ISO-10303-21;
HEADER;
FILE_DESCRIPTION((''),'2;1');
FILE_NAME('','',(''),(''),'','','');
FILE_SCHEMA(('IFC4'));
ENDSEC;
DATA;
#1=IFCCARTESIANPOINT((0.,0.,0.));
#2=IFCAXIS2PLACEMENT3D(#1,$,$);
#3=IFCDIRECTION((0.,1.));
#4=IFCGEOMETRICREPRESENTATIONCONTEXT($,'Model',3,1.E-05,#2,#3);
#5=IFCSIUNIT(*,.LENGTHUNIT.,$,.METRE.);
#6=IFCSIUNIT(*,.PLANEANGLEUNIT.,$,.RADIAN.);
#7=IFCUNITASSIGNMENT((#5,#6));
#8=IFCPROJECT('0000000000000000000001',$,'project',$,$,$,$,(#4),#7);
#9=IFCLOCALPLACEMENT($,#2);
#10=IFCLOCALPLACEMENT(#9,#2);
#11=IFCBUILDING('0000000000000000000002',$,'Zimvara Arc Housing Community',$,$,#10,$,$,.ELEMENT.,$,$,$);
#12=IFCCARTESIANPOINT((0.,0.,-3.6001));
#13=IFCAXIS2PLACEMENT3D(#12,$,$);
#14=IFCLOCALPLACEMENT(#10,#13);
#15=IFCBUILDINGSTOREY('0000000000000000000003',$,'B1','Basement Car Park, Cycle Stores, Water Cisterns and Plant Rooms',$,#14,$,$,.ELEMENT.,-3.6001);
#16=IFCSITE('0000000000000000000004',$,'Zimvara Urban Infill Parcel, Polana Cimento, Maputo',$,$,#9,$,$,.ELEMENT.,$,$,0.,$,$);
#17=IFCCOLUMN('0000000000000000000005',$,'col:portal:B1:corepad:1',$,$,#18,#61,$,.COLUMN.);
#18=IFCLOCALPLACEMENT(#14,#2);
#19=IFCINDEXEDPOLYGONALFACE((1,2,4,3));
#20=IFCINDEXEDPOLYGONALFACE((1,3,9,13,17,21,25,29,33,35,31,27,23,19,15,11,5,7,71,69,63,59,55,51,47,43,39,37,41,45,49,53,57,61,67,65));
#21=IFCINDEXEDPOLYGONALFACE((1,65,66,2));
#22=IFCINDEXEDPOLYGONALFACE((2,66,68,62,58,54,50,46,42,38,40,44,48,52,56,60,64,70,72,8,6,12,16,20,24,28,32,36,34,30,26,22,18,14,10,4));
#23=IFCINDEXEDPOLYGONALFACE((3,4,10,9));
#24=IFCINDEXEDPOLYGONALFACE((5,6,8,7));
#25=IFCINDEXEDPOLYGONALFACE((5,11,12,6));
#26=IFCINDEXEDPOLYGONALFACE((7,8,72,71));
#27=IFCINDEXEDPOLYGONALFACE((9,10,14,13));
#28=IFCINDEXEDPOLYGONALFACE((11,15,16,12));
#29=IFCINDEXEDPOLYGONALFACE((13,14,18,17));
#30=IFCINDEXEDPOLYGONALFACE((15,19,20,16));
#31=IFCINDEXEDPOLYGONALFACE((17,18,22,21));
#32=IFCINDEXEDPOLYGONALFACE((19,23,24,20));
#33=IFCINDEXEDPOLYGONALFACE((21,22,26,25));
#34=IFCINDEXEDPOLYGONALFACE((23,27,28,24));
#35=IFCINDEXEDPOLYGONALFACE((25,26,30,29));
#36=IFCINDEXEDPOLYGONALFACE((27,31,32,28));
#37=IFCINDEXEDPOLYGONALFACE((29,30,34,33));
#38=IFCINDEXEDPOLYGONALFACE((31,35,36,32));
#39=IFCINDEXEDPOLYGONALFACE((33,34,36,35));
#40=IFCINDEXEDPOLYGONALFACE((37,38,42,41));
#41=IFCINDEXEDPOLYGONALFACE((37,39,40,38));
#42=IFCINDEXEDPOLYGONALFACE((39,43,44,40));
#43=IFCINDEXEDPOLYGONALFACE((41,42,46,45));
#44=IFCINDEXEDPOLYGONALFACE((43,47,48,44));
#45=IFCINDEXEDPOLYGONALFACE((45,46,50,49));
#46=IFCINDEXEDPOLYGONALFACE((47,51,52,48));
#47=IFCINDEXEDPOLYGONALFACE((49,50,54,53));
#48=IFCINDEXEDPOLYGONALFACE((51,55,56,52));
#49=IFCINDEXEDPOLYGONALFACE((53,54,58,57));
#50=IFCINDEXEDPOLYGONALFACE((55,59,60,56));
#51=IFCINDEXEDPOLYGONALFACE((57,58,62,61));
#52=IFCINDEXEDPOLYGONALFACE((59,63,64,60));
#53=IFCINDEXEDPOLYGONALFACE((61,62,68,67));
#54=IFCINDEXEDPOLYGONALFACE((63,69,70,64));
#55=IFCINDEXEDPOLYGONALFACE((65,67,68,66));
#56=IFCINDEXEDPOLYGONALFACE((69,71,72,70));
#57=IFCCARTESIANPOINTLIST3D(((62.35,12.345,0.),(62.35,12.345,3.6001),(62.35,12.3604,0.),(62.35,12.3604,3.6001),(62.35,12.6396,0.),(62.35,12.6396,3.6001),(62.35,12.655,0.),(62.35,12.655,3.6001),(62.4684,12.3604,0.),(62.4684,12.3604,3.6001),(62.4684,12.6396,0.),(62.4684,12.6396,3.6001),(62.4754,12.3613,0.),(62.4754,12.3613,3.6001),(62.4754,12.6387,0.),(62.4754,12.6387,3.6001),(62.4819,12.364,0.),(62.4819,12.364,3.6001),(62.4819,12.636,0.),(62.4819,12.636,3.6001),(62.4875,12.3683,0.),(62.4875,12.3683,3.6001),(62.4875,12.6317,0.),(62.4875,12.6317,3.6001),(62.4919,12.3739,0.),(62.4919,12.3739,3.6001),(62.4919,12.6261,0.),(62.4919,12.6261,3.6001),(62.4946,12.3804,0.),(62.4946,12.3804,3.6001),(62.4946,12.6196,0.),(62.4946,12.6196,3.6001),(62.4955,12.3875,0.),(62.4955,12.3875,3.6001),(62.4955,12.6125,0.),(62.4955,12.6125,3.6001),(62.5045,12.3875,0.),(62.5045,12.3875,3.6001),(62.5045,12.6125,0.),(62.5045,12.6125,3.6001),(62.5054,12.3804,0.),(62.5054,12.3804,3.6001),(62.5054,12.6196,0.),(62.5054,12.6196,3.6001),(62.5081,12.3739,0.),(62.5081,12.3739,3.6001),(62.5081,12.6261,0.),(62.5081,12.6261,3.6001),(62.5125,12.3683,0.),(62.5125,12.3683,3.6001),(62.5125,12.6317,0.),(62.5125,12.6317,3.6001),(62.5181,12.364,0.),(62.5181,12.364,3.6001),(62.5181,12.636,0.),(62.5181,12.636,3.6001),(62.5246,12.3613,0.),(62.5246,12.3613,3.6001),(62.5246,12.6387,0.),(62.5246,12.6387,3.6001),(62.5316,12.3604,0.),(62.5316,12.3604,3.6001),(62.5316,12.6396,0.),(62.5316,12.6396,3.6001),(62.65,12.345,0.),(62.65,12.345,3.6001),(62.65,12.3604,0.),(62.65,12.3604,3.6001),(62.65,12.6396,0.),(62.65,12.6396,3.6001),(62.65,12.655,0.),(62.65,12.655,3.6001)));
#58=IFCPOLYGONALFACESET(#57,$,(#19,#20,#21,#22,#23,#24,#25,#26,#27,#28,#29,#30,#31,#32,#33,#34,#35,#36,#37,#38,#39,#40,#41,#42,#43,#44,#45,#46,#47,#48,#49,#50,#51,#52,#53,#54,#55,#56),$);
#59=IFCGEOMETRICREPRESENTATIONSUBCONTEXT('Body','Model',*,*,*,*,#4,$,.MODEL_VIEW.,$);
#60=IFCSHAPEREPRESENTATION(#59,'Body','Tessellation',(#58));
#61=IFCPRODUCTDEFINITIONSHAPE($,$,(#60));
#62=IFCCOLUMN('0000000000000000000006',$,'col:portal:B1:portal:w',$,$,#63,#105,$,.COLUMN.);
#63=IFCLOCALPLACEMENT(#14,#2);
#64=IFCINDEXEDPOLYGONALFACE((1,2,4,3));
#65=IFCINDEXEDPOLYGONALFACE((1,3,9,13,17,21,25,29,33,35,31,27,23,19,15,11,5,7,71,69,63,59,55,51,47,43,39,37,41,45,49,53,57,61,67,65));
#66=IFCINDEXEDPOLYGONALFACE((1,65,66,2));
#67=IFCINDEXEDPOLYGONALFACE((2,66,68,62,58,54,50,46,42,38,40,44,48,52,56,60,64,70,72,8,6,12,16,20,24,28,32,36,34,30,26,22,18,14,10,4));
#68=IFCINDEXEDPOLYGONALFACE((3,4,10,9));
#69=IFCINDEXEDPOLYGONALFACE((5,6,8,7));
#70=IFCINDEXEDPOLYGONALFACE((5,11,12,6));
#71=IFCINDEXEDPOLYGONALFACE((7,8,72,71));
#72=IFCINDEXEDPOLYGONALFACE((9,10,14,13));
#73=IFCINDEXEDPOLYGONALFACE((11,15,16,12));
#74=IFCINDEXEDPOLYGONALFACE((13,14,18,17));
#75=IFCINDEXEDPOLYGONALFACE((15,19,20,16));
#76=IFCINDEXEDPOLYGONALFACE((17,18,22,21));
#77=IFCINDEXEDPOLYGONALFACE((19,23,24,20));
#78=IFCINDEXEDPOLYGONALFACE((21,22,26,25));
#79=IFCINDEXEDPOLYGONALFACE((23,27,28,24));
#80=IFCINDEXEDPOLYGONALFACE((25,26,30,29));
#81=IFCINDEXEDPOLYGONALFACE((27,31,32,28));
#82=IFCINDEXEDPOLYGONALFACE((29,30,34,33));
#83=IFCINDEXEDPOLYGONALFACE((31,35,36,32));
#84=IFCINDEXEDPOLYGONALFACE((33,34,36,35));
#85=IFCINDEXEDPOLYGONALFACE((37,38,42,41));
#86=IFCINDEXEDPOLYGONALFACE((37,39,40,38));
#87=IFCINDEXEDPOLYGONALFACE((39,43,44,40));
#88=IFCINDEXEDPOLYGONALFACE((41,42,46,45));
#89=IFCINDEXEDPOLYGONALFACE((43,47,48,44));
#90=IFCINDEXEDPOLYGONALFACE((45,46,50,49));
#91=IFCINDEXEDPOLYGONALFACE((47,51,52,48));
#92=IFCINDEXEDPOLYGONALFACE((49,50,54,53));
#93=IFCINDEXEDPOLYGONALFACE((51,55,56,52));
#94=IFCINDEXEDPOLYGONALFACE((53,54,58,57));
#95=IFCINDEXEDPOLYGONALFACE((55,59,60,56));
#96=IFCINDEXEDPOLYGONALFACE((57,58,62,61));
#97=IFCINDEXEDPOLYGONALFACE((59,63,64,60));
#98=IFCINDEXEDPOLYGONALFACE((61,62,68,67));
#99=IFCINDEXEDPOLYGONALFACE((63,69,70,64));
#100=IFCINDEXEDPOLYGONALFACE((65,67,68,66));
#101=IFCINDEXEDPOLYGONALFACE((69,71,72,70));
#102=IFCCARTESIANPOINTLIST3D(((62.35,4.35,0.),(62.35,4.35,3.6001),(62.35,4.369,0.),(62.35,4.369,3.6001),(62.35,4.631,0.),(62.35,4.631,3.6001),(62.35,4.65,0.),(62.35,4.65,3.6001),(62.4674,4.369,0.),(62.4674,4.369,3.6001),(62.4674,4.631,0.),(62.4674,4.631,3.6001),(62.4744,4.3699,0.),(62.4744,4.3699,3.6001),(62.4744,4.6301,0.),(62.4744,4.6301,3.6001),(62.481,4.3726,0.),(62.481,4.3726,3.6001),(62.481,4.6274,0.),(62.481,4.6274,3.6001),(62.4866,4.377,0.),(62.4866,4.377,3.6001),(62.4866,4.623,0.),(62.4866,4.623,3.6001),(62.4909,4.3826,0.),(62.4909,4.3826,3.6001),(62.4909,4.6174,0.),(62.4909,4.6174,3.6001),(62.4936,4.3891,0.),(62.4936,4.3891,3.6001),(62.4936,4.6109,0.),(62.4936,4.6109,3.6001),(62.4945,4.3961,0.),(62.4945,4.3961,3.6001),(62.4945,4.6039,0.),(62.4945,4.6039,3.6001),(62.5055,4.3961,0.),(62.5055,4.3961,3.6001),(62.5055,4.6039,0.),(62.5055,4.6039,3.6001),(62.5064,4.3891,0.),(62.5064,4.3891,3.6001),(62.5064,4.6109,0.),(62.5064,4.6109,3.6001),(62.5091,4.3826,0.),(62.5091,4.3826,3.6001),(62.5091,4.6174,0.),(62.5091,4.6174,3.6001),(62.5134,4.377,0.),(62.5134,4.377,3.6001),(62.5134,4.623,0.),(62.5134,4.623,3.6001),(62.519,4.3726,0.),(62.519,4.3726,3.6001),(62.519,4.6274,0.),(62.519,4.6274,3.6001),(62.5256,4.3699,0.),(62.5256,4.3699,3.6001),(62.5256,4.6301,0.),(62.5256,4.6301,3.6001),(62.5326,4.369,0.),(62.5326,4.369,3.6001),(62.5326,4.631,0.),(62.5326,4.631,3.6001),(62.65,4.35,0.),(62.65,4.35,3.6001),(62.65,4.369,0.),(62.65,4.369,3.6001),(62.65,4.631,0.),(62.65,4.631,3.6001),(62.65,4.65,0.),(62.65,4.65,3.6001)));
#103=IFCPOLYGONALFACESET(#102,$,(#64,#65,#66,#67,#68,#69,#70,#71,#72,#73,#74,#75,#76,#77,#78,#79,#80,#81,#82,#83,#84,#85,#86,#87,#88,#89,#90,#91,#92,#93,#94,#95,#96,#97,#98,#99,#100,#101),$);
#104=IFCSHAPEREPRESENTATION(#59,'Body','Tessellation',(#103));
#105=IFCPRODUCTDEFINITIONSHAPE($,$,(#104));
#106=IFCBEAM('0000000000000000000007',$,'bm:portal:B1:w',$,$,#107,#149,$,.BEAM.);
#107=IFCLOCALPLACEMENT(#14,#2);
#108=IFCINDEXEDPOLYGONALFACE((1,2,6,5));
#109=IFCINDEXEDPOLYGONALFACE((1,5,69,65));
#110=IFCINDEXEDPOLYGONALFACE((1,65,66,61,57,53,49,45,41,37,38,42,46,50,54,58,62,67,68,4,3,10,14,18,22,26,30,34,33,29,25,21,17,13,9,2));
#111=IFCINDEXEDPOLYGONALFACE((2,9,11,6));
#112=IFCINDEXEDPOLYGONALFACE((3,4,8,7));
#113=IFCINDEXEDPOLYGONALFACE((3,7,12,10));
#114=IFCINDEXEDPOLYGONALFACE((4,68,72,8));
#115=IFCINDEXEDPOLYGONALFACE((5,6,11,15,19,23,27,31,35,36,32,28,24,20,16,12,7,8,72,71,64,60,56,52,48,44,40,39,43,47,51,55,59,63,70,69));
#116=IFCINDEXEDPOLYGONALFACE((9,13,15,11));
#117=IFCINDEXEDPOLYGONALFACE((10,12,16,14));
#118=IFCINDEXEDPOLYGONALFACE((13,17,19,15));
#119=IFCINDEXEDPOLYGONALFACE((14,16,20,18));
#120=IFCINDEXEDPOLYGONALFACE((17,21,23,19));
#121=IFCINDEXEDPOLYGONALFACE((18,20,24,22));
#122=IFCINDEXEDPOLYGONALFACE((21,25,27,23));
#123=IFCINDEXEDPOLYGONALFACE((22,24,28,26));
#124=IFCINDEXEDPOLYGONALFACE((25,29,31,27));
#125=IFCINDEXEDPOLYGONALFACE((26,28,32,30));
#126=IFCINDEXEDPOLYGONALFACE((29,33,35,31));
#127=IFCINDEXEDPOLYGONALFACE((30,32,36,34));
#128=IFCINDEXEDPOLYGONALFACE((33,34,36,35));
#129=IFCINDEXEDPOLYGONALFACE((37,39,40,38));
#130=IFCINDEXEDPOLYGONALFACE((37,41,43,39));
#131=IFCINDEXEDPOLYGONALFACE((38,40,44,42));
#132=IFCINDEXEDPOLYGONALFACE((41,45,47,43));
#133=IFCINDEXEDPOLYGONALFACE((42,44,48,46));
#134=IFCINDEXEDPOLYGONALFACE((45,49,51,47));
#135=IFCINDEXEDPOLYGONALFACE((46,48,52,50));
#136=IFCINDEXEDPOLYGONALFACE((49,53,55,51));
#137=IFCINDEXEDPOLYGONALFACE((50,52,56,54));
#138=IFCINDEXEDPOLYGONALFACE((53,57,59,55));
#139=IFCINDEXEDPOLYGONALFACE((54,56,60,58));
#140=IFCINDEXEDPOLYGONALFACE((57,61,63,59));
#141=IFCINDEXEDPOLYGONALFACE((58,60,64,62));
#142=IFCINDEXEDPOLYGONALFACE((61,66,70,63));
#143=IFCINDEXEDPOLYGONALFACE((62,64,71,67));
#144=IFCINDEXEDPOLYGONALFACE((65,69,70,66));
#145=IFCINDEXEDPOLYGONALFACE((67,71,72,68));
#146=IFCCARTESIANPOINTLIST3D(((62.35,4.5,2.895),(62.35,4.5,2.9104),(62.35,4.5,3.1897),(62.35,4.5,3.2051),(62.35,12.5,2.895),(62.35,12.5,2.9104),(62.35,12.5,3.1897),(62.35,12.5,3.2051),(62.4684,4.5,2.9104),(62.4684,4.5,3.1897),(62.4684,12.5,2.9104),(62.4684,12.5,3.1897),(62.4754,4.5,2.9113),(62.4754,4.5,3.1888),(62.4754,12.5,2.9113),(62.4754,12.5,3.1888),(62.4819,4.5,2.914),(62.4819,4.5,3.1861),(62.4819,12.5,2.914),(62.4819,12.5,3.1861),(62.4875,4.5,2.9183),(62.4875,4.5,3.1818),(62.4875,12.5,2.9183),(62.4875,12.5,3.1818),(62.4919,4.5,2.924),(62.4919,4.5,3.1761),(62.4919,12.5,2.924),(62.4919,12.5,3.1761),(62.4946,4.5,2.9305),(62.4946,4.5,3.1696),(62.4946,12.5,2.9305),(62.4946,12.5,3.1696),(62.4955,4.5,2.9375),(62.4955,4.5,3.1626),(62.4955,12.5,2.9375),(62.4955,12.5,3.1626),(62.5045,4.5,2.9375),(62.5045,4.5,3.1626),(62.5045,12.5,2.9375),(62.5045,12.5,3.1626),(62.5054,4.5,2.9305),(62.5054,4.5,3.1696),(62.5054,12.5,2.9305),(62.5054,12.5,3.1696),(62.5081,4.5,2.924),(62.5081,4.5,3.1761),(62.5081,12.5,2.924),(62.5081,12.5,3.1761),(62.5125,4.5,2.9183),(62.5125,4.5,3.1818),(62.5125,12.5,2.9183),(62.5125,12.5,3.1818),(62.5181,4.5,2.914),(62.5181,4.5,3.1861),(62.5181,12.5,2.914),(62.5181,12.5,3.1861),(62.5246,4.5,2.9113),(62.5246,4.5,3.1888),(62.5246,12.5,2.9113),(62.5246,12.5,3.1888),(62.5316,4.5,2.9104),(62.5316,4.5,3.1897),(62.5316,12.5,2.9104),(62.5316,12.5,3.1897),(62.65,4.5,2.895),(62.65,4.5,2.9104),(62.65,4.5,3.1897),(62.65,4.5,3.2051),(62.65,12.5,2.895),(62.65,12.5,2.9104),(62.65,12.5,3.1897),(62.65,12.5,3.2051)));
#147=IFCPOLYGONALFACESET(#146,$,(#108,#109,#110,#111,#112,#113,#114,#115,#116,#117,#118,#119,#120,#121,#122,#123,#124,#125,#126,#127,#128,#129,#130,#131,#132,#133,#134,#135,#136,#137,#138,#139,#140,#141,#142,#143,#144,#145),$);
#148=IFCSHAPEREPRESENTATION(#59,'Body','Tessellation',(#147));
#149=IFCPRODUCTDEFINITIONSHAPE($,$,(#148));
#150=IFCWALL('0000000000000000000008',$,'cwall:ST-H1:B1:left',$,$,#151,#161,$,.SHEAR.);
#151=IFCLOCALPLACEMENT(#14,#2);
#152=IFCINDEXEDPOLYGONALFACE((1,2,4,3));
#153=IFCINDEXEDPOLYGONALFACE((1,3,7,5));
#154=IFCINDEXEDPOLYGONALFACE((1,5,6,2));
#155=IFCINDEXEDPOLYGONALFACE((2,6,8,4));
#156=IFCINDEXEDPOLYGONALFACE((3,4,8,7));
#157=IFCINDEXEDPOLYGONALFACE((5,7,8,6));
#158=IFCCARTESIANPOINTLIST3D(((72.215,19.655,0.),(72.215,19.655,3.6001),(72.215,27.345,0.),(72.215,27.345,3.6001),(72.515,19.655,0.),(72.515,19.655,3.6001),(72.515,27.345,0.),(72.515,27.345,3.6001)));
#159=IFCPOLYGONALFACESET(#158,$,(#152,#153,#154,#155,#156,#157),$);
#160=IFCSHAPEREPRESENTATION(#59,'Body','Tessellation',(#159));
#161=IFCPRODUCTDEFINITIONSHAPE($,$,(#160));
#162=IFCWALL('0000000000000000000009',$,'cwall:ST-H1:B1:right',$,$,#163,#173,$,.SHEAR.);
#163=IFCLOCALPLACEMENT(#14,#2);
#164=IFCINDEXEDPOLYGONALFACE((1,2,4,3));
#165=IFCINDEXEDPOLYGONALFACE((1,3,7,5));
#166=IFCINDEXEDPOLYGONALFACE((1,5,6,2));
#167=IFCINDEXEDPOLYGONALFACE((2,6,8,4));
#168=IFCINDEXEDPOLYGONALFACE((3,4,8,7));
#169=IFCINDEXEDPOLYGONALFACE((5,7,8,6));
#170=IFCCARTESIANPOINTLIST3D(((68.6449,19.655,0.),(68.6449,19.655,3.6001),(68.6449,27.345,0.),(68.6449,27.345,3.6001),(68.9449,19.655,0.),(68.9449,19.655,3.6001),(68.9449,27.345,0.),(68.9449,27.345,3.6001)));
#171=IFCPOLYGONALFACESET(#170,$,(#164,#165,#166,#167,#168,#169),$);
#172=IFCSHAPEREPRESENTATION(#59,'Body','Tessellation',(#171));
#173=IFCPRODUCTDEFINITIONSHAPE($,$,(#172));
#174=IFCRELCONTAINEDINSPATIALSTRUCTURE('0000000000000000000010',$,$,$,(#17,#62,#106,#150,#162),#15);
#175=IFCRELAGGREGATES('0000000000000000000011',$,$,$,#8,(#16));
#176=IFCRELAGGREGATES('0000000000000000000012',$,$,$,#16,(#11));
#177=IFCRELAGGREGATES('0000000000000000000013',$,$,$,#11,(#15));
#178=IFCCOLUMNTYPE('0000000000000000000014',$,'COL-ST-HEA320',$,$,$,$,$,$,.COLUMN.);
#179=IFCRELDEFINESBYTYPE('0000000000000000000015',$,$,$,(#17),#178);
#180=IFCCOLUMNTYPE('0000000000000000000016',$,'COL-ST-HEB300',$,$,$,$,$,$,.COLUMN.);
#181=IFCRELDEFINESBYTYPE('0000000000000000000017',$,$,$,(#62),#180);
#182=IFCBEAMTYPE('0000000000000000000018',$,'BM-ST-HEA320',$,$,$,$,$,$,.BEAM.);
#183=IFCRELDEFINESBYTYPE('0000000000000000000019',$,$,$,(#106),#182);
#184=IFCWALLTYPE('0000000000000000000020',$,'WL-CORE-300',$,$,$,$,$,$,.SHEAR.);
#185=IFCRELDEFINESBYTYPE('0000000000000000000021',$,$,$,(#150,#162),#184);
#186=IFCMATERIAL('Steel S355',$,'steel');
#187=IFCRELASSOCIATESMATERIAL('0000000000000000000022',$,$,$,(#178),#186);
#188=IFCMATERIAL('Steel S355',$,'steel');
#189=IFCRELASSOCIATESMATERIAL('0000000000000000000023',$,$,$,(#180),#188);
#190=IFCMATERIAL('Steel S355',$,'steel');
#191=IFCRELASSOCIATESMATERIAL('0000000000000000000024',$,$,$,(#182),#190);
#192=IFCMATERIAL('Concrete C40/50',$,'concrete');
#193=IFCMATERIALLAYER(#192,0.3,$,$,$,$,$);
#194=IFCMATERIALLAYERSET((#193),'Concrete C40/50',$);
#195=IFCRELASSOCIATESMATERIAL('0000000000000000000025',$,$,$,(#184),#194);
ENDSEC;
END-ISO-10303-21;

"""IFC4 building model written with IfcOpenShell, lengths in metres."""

from ifc_helpers import new_model, si_unit, direction, frame, frame_2d, origin, origin_2d, place, context, subcontext, project, spatial, rectangle, i_section, extrude, material, layer, layer_set, material_profile, profile_set, type_object, element, save


model = new_model("IFC4")

# Units and contexts
model_context = context("Model", 3, precision=1e-05, world=origin(), true_north=direction((0.0, 1.0)))
body_context = subcontext(model_context, "Body", "Model", "MODEL_VIEW")
ifc_project = project(units=[si_unit("LENGTHUNIT", "METRE"), si_unit("PLANEANGLEUNIT", "RADIAN")], contexts=[model_context])

# Site, building, storey
site_placement = place(None, origin())
site = spatial("IfcSite", under=ifc_project, at=site_placement, Name="Zimvara Urban Infill Parcel, Polana Cimento, Maputo", CompositionType="ELEMENT", RefElevation=0.0)
building_placement = place(site_placement, origin())
building = spatial("IfcBuilding", under=site, at=building_placement, Name="Zimvara Arc Housing Community", CompositionType="ELEMENT")
storey_placement = place(building_placement, frame((0.0, 0.0, -3.6001)))
storey = spatial("IfcBuildingStorey", under=building, at=storey_placement, Name="B1", Description="Basement Car Park, Cycle Stores, Water Cisterns and Plant Rooms", CompositionType="ELEMENT", Elevation=-3.6001)

# Columns
ifc_material_1 = material(Name="Steel S355", Category="steel")
ifc_material_profile_1 = material_profile(ifc_material_1, i_section(OverallWidth=0.3, OverallDepth=0.3101, WebThickness=0.009, FlangeThickness=0.0154, FilletRadius=0.0271, at=origin_2d()), Name="HEA 320")
ifc_profile_set_1 = profile_set([ifc_material_profile_1], Name="Steel S355")
column_type_1 = type_object("IfcColumnType", Name="COL-ST-HEA320", PredefinedType="COLUMN", material=ifc_profile_set_1)
column_1_placement = place(storey_placement, frame((62.5, 12.5, 0.0), z_axis=(0.0, 0.0, 1.0), x_axis=(1.0, 0.0, 0.0)))
element("IfcColumn", 1, at=column_1_placement, inside=storey, type_object=column_type_1, Name="col:portal:B1:corepad:1", PredefinedType="COLUMN", context=body_context, shape_type="SweptSolid", body=[
    extrude(i_section(OverallWidth=0.3, OverallDepth=0.3101, WebThickness=0.009, FlangeThickness=0.0154, FilletRadius=0.0271, at=origin_2d()), origin(), (0.0, 0.0, 1.0), 3.6001),
])
ifc_material_2 = material(Name="Steel S355", Category="steel")
ifc_material_profile_2 = material_profile(ifc_material_2, i_section(OverallWidth=0.3, OverallDepth=0.3, WebThickness=0.011, FlangeThickness=0.019, FilletRadius=0.0271, at=origin_2d()), Name="HEB 300")
ifc_profile_set_2 = profile_set([ifc_material_profile_2], Name="Steel S355")
column_type_2 = type_object("IfcColumnType", Name="COL-ST-HEB300", PredefinedType="COLUMN", material=ifc_profile_set_2)
column_2_placement = place(storey_placement, frame((62.5, 4.5, 0.0), z_axis=(0.0, 0.0, 1.0), x_axis=(1.0, 0.0, 0.0)))
element("IfcColumn", 2, at=column_2_placement, inside=storey, type_object=column_type_2, Name="col:portal:B1:portal:w", PredefinedType="COLUMN", context=body_context, shape_type="SweptSolid", body=[
    extrude(i_section(OverallWidth=0.3, OverallDepth=0.3, WebThickness=0.011, FlangeThickness=0.019, FilletRadius=0.0271, at=origin_2d()), origin(), (0.0, 0.0, 1.0), 3.6001),
])

# Beam
ifc_material_3 = material(Name="Steel S355", Category="steel")
ifc_material_profile_3 = material_profile(ifc_material_3, i_section(OverallWidth=0.3, OverallDepth=0.3101, WebThickness=0.009, FlangeThickness=0.0154, FilletRadius=0.0271, at=origin_2d()), Name="HEA 320")
ifc_profile_set_3 = profile_set([ifc_material_profile_3], Name="Steel S355")
beam_type = type_object("IfcBeamType", Name="BM-ST-HEA320", PredefinedType="BEAM", material=ifc_profile_set_3)
beam_placement = place(storey_placement, frame((62.5, 4.5, 3.05), z_axis=(0.0, 1.0, 0.0), x_axis=(-1.0, 0.0, 0.0)))
element("IfcBeam", 3, at=beam_placement, inside=storey, type_object=beam_type, Name="bm:portal:B1:w", PredefinedType="BEAM", context=body_context, shape_type="SweptSolid", body=[
    extrude(i_section(OverallWidth=0.3, OverallDepth=0.3101, WebThickness=0.009, FlangeThickness=0.0154, FilletRadius=0.0271, at=origin_2d()), origin(), (0.0, 0.0, 1.0), 8.0),
])

# Shared definitions
ifc_material_4 = material(Name="Concrete C40/50", Category="concrete")
ifc_layer = layer(ifc_material_4, 0.3)
ifc_layer_set = layer_set([ifc_layer], Name="Concrete C40/50")
wall_type = type_object("IfcWallType", Name="WL-CORE-300", PredefinedType="SHEAR", material=ifc_layer_set)

# Walls
for number, where, z_axis, x_axis, name in (
    (4, (72.365, 19.655, 0.0), (0.0, 0.0, 1.0), (0.0, 1.0, 0.0), "cwall:ST-H1:B1:left"),
    (5, (68.7949, 19.655, 0.0), (0.0, 0.0, 1.0), (0.0, 1.0, 0.0), "cwall:ST-H1:B1:right"),
):
    element("IfcWall", number, at=place(storey_placement, frame(where, z_axis=z_axis, x_axis=x_axis)), inside=storey, type_object=wall_type, Name=name, PredefinedType="SHEAR", context=body_context, shape_type="SweptSolid", body=[
        extrude(rectangle(XDim=7.6899, YDim=0.3, at=frame_2d((3.845, 0.0))), origin(), (0.0, 0.0, 1.0), 3.6001),
    ])

save(model, "model.ifc")
